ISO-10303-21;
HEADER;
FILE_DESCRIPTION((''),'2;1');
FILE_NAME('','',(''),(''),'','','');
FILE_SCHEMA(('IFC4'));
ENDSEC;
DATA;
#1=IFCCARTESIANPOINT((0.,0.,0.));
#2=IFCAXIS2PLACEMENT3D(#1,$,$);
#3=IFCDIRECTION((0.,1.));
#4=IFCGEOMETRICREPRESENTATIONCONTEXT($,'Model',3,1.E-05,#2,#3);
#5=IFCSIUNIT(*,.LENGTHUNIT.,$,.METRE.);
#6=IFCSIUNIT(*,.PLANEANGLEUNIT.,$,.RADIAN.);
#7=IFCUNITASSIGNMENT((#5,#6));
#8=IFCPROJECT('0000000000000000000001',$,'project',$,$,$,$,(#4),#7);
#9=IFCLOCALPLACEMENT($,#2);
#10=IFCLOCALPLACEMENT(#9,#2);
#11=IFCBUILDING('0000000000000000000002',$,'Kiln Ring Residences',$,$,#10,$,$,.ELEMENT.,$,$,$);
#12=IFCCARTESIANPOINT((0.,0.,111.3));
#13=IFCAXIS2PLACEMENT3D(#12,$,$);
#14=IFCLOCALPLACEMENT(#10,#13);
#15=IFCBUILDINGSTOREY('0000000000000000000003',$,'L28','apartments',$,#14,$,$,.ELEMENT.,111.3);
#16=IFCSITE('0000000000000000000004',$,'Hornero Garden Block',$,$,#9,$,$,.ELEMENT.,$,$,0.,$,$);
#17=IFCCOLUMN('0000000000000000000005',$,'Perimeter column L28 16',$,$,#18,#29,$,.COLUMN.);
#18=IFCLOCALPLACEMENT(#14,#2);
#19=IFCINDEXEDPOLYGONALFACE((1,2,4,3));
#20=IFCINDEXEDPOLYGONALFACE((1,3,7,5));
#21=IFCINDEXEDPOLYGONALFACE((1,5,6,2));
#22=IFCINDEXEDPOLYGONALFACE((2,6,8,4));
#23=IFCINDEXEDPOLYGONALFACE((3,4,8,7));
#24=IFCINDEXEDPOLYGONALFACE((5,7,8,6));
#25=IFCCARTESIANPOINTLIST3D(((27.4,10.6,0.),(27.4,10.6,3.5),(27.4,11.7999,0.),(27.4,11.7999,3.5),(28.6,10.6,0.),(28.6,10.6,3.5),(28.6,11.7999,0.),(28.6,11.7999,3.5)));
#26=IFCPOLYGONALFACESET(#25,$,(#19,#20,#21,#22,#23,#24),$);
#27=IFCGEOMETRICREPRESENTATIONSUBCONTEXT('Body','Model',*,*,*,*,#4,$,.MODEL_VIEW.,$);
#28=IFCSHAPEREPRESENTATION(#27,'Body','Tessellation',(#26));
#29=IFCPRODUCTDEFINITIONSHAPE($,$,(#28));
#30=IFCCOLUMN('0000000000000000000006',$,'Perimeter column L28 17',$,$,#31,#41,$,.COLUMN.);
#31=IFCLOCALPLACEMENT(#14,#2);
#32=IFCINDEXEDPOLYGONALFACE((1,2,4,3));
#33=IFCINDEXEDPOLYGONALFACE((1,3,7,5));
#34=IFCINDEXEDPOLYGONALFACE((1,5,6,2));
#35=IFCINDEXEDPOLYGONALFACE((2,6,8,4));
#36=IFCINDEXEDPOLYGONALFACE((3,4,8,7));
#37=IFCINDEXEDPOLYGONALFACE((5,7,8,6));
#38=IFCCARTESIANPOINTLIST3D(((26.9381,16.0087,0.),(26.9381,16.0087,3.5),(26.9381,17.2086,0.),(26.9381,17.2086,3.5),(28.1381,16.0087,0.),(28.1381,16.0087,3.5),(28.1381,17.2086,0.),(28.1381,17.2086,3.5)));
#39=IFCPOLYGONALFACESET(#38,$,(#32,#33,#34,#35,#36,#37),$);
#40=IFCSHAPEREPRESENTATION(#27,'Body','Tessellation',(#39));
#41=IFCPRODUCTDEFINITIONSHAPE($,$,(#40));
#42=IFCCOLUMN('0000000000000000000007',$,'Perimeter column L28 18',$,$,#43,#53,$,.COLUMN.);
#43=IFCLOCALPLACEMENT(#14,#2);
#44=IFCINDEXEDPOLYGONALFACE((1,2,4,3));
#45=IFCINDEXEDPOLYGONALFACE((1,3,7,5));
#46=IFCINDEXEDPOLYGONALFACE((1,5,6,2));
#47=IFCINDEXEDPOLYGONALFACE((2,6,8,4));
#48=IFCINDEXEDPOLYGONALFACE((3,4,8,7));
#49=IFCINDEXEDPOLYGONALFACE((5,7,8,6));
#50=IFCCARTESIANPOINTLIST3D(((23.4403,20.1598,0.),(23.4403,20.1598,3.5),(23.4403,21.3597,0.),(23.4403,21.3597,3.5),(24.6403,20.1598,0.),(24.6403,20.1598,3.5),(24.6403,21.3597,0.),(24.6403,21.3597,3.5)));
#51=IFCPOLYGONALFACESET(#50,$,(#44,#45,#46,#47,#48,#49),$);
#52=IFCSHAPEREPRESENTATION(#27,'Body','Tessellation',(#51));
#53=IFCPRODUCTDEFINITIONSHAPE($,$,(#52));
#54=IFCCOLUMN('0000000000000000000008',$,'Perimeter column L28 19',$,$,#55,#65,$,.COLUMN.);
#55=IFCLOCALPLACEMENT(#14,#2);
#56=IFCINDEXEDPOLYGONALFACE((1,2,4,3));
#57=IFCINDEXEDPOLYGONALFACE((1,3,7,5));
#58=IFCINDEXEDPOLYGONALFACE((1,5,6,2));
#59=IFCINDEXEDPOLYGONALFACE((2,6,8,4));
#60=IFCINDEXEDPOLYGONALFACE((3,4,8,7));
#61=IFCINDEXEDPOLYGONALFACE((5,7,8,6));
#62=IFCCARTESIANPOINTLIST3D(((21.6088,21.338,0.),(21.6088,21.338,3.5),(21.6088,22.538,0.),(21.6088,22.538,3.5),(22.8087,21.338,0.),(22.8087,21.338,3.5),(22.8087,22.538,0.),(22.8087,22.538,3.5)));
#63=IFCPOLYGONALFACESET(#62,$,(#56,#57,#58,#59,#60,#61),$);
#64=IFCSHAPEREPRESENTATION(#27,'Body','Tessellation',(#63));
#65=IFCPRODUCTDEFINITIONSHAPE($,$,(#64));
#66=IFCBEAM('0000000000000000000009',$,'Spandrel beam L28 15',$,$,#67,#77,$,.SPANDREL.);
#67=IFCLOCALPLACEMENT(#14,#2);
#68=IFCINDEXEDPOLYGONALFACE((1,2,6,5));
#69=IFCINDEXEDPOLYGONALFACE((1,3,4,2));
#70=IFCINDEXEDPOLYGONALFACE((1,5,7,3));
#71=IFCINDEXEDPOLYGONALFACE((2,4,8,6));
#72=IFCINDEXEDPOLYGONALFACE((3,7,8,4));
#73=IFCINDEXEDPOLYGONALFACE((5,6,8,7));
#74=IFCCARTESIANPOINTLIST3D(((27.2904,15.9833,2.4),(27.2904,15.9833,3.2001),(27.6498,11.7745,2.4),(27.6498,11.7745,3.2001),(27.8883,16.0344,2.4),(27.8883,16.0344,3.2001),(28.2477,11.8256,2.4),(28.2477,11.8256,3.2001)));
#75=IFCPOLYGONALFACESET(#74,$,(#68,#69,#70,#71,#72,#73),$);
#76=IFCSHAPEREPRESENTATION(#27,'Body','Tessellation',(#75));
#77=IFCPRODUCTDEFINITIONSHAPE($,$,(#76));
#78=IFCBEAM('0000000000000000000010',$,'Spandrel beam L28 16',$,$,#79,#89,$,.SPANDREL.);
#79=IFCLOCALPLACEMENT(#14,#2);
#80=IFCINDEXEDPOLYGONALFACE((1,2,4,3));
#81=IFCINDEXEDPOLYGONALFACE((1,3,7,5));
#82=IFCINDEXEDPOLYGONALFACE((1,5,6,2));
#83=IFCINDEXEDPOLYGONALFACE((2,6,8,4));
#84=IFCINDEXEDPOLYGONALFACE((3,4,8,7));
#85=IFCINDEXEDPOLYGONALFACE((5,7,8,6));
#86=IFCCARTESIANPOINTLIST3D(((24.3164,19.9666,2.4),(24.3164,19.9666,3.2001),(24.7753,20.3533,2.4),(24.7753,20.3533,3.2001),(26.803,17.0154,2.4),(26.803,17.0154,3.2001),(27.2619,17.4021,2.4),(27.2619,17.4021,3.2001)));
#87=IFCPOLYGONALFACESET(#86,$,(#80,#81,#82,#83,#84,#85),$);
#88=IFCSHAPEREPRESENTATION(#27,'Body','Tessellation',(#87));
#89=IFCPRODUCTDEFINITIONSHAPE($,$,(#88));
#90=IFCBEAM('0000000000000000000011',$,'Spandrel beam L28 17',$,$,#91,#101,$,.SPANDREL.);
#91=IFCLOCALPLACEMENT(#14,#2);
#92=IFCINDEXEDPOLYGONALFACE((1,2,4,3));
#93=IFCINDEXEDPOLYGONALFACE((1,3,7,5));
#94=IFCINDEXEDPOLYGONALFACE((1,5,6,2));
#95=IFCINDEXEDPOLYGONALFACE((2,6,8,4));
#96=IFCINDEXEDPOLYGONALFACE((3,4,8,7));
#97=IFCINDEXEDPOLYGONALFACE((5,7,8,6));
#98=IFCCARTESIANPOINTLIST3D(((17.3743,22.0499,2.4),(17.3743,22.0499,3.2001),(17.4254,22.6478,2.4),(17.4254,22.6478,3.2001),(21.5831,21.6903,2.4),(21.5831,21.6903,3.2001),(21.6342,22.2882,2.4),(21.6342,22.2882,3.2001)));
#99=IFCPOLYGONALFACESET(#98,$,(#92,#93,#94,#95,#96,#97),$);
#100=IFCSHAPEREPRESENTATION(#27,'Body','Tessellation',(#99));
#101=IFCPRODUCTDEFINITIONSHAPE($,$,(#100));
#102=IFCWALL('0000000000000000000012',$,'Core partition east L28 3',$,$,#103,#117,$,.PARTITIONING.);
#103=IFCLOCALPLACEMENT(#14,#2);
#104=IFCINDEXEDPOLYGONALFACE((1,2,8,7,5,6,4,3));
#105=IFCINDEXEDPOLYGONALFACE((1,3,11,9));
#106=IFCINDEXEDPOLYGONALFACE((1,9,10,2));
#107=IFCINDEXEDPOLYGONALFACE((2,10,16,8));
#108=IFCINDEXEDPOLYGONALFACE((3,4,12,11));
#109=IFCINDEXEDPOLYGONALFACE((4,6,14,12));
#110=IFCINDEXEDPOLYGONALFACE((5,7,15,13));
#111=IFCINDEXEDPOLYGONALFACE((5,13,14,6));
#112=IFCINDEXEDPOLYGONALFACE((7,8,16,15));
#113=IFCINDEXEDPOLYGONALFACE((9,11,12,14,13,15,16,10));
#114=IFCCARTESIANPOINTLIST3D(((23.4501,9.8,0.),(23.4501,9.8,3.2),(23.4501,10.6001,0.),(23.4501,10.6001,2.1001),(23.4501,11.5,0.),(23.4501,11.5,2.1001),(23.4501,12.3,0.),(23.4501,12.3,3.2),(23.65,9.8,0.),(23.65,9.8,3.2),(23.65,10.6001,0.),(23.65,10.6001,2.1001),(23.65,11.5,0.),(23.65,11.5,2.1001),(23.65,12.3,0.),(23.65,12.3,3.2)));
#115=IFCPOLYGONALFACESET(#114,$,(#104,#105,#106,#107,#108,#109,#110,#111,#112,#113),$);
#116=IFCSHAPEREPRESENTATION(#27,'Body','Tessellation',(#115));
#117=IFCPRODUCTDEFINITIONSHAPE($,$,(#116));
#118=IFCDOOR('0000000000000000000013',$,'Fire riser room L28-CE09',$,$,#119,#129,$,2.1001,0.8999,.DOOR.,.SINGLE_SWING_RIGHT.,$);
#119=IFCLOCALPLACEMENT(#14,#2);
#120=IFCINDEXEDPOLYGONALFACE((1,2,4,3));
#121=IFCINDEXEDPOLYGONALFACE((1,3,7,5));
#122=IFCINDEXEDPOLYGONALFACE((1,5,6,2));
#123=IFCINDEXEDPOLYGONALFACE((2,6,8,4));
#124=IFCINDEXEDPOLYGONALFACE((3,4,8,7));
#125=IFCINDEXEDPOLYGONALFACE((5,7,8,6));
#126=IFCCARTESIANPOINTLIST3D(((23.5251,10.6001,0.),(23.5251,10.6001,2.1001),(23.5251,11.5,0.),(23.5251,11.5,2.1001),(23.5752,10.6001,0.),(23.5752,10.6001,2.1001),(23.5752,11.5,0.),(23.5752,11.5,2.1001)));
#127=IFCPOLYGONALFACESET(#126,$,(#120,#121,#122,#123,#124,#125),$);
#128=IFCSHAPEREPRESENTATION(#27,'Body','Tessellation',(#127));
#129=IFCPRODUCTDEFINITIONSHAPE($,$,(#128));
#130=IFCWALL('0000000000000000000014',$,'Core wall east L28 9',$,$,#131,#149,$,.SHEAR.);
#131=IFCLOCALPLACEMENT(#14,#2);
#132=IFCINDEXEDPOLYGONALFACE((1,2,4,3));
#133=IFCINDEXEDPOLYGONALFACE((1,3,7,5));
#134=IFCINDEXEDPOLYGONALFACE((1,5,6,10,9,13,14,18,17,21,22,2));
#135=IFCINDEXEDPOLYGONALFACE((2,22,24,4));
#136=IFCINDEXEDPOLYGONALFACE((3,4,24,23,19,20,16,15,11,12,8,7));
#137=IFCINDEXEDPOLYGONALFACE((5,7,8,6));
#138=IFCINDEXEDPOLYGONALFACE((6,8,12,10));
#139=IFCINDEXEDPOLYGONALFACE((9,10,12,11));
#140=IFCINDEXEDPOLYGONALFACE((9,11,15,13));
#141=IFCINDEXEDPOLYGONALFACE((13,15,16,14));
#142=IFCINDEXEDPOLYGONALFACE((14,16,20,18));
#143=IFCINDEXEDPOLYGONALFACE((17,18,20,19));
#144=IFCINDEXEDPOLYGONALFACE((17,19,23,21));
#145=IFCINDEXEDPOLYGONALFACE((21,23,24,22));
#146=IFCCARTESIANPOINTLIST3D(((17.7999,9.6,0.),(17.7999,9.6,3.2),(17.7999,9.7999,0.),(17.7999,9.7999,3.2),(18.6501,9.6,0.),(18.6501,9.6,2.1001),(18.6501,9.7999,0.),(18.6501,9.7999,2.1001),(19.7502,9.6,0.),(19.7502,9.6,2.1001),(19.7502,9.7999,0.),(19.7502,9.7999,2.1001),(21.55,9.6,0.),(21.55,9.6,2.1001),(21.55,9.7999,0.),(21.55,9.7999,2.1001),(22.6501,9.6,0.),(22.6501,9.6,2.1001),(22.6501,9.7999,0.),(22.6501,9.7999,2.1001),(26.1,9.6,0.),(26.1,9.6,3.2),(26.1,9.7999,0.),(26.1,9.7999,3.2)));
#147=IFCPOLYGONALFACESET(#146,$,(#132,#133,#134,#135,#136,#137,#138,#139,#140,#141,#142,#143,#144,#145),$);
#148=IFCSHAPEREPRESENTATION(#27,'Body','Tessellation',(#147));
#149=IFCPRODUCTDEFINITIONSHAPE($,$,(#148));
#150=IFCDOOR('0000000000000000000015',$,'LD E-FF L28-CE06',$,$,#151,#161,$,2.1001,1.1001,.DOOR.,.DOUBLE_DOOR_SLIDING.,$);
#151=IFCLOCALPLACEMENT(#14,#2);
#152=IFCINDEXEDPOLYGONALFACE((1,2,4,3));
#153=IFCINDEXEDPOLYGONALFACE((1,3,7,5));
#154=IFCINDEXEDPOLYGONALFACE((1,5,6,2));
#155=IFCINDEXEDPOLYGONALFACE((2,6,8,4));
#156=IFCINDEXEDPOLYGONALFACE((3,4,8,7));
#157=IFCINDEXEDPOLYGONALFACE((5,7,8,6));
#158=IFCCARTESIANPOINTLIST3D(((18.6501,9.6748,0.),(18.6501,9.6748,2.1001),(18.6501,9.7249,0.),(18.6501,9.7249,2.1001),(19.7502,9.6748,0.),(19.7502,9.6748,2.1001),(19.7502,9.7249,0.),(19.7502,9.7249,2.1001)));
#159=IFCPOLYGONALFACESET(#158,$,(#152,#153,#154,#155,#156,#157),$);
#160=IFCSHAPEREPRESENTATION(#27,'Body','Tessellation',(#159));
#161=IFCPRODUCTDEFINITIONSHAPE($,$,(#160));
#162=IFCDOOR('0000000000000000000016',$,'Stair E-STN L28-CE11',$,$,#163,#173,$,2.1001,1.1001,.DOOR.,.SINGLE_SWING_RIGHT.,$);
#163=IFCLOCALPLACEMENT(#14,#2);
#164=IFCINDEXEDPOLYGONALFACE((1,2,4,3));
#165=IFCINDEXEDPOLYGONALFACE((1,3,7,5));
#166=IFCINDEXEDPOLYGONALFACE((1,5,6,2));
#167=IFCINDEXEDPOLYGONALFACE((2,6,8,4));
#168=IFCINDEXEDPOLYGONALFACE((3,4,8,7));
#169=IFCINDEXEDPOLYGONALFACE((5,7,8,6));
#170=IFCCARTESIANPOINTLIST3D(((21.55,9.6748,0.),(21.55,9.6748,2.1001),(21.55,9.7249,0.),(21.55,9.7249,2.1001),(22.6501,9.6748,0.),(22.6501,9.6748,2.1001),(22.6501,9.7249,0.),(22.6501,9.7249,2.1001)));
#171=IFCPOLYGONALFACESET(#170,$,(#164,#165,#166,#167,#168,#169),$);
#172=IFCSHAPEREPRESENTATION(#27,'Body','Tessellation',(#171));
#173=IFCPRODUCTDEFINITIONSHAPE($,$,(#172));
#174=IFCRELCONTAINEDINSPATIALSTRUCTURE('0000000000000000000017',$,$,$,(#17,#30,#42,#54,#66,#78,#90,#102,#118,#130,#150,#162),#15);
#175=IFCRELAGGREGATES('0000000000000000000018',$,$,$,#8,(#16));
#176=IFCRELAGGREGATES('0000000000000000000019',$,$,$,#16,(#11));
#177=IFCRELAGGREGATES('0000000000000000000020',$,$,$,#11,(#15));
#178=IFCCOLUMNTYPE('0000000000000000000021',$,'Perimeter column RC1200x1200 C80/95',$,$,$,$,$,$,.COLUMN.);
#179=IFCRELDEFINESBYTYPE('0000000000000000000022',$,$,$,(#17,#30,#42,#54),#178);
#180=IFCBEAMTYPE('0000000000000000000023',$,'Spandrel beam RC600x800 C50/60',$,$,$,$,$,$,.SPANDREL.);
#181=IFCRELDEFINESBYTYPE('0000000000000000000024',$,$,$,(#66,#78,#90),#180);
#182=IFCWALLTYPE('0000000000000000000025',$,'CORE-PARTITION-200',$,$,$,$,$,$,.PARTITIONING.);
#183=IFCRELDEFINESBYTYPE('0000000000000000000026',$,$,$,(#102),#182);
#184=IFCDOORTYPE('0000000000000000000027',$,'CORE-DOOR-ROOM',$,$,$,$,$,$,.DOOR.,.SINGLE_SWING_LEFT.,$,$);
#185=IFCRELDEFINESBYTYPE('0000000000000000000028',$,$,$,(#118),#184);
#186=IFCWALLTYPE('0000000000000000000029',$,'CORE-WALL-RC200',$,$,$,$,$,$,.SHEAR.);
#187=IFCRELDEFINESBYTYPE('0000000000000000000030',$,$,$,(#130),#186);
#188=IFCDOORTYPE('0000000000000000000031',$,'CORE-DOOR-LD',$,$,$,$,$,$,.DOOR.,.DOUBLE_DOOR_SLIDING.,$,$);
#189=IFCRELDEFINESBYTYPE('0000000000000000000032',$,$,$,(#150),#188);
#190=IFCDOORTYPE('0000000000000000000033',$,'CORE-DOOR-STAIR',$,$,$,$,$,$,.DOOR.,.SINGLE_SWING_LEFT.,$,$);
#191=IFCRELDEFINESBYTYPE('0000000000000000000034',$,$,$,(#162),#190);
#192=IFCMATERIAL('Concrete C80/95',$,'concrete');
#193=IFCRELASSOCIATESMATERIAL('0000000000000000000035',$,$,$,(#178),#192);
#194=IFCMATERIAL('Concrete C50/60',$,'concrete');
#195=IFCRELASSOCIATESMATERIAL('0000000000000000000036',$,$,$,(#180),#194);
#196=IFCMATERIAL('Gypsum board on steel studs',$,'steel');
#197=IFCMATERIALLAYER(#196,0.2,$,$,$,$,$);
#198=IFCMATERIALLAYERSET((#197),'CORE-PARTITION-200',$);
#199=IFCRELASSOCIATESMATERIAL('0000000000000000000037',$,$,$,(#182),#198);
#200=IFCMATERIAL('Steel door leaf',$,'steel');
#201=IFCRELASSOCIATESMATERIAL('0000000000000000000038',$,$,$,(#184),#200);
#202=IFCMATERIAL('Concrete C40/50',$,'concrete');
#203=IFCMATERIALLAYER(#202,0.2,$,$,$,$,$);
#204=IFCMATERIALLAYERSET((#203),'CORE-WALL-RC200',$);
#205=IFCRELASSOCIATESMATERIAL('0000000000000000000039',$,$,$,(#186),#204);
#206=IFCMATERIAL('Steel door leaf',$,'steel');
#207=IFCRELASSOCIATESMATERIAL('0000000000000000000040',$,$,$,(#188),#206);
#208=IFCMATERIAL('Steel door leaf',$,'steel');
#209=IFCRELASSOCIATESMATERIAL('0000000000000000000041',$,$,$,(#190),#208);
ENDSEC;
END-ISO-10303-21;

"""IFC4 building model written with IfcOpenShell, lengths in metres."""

from ifc_helpers import new_model, si_unit, direction, frame, frame_2d, origin, origin_2d, place, context, subcontext, project, spatial, rectangle, extrude, material, layer, layer_set, material_profile, profile_set, type_object, element, fill, save


model = new_model("IFC4")

# Units and contexts
model_context = context("Model", 3, precision=1e-05, world=origin(), true_north=direction((0.0, 1.0)))
body_context = subcontext(model_context, "Body", "Model", "MODEL_VIEW")
ifc_project = project(units=[si_unit("LENGTHUNIT", "METRE"), si_unit("PLANEANGLEUNIT", "RADIAN")], contexts=[model_context])

# Site, building, storey
site_placement = place(None, origin())
site = spatial("IfcSite", under=ifc_project, at=site_placement, Name="Hornero Garden Block", CompositionType="ELEMENT", RefElevation=0.0)
building_placement = place(site_placement, origin())
building = spatial("IfcBuilding", under=site, at=building_placement, Name="Kiln Ring Residences", CompositionType="ELEMENT")
storey_placement = place(building_placement, frame((0.0, 0.0, 111.3)))
storey = spatial("IfcBuildingStorey", under=building, at=storey_placement, Name="L28", Description="apartments", CompositionType="ELEMENT", Elevation=111.3)

# Columns
ifc_material_1 = material(Name="Concrete C80/95", Category="concrete")
ifc_material_profile_1 = material_profile(ifc_material_1, rectangle(XDim=1.2, YDim=1.2, at=origin_2d()), Name="RC1200x1200")
ifc_profile_set_1 = profile_set([ifc_material_profile_1], Name="Concrete C80/95")
column_type = type_object("IfcColumnType", Name="Perimeter column RC1200x1200 C80/95", PredefinedType="COLUMN", material=ifc_profile_set_1)
for number, where, z_axis, x_axis, name in (
    (1, (28.0, 11.2, 0.0), (0.0, 0.0, 1.0), (1.0, 0.0, 0.0), "Perimeter column L28 16"),
    (2, (27.5381, 16.6086, 0.0), (0.0, 0.0, 1.0), (1.0, 0.0, 0.0), "Perimeter column L28 17"),
    (3, (24.0403, 20.7598, 0.0), (0.0, 0.0, 1.0), (1.0, 0.0, 0.0), "Perimeter column L28 18"),
    (4, (22.2087, 21.938, 0.0), (0.0, 0.0, 1.0), (1.0, 0.0, 0.0), "Perimeter column L28 19"),
):
    element("IfcColumn", number, at=place(storey_placement, frame(where, z_axis=z_axis, x_axis=x_axis)), inside=storey, type_object=column_type, Name=name, PredefinedType="COLUMN", context=body_context, shape_type="SweptSolid", body=[
        extrude(rectangle(XDim=1.2, YDim=1.2, at=origin_2d()), origin(), (0.0, 0.0, 1.0), 3.5),
    ])

# Beams
ifc_material_2 = material(Name="Concrete C50/60", Category="concrete")
ifc_material_profile_2 = material_profile(ifc_material_2, rectangle(XDim=0.6001, YDim=0.8, at=origin_2d()), Name="RC600x800")
ifc_profile_set_2 = profile_set([ifc_material_profile_2], Name="Concrete C50/60")
beam_type = type_object("IfcBeamType", Name="Spandrel beam RC600x800 C50/60", PredefinedType="SPANDREL", material=ifc_profile_set_2)
beam_1_placement = place(storey_placement, frame((27.9487, 11.8, 2.8), z_axis=(-0.085078, 0.996374, 0.0), x_axis=(-0.996374, -0.085078, 0.0)))
element("IfcBeam", 5, at=beam_1_placement, inside=storey, type_object=beam_type, Name="Spandrel beam L28 15", PredefinedType="SPANDREL", context=body_context, shape_type="SweptSolid", body=[
    extrude(rectangle(XDim=0.6001, YDim=0.8, at=origin_2d()), origin(), (0.0, 0.0, 1.0), 4.2241),
])
beam_2_placement = place(storey_placement, frame((27.0325, 17.2087, 2.8), z_axis=(-0.644344, 0.764736, 0.0), x_axis=(-0.764736, -0.644344, 0.0)))
element("IfcBeam", 6, at=beam_2_placement, inside=storey, type_object=beam_type, Name="Spandrel beam L28 16", PredefinedType="SPANDREL", context=body_context, shape_type="SweptSolid", body=[
    extrude(rectangle(XDim=0.6001, YDim=0.8, at=origin_2d()), origin(), (0.0, 0.0, 1.0), 3.8591),
])
beam_3_placement = place(storey_placement, frame((21.6086, 21.9893, 2.8), z_axis=(-0.996369, 0.085136, 0.0), x_axis=(-0.085136, -0.996369, 0.0)))
element("IfcBeam", 7, at=beam_3_placement, inside=storey, type_object=beam_type, Name="Spandrel beam L28 17", PredefinedType="SPANDREL", context=body_context, shape_type="SweptSolid", body=[
    extrude(rectangle(XDim=0.6001, YDim=0.8, at=origin_2d()), origin(), (0.0, 0.0, 1.0), 4.2241),
])

# Wall, opening, door
ifc_material_3 = material(Name="Gypsum board on steel studs", Category="steel")
ifc_layer_1 = layer(ifc_material_3, 0.2)
ifc_layer_set_1 = layer_set([ifc_layer_1], Name="CORE-PARTITION-200")
wall_type_1 = type_object("IfcWallType", Name="CORE-PARTITION-200", PredefinedType="PARTITIONING", material=ifc_layer_set_1)
wall_1_placement = place(storey_placement, frame((23.55, 9.8, 0.0), z_axis=(0.0, 0.0, 1.0), x_axis=(0.0, 1.0, 0.0)))
wall_1 = element("IfcWall", 8, at=wall_1_placement, inside=storey, type_object=wall_type_1, Name="Core partition east L28 3", PredefinedType="PARTITIONING", context=body_context, shape_type="SweptSolid", body=[
    extrude(rectangle(XDim=2.5, YDim=0.2, at=frame_2d((1.25, 0.0))), origin(), (0.0, 0.0, 1.0), 3.2),
])
opening_1_placement = place(wall_1_placement, frame((0.8, 0.0, 0.0)))
opening_1 = element("IfcOpeningElement", 9, at=opening_1_placement, cuts=wall_1, PredefinedType="OPENING", context=body_context, shape_type="SweptSolid", body=[
    extrude(rectangle(XDim=0.8999, YDim=2.1001, at=frame_2d((0.45, 1.05))), frame((0.0, 0.1099, 0.0), z_axis=(0.0, -1.0, 0.0), x_axis=(1.0, 0.0, 0.0)), (0.0, 0.0, 1.0), 0.22),
])
ifc_material_4 = material(Name="Steel door leaf", Category="steel")
door_type_1 = type_object("IfcDoorType", Name="CORE-DOOR-ROOM", OperationType="SINGLE_SWING_LEFT", PredefinedType="DOOR", material=ifc_material_4)
door_1_placement = place(opening_1_placement, origin())
door_1 = element("IfcDoor", 10, at=door_1_placement, inside=storey, type_object=door_type_1, Name="Fire riser room L28-CE09", OperationType="SINGLE_SWING_RIGHT", OverallHeight=2.1001, OverallWidth=0.8999, PredefinedType="DOOR", context=body_context, shape_type="SweptSolid", body=[
    extrude(rectangle(XDim=0.8999, YDim=2.1001, at=frame_2d((0.45, 1.05))), frame((0.0, 0.0249, 0.0), z_axis=(0.0, -1.0, 0.0), x_axis=(1.0, 0.0, 0.0)), (0.0, 0.0, 1.0), 0.05),
])
fill(opening_1, door_1)

# Wall, openings, doors
ifc_material_5 = material(Name="Concrete C40/50", Category="concrete")
ifc_layer_2 = layer(ifc_material_5, 0.2)
ifc_layer_set_2 = layer_set([ifc_layer_2], Name="CORE-WALL-RC200")
wall_type_2 = type_object("IfcWallType", Name="CORE-WALL-RC200", PredefinedType="SHEAR", material=ifc_layer_set_2)
wall_2_placement = place(storey_placement, frame((17.8, 9.7, 0.0), z_axis=(0.0, 0.0, 1.0), x_axis=(1.0, 0.0, 0.0)))
wall_2 = element("IfcWall", 11, at=wall_2_placement, inside=storey, type_object=wall_type_2, Name="Core wall east L28 9", PredefinedType="SHEAR", context=body_context, shape_type="SweptSolid", body=[
    extrude(rectangle(XDim=8.3, YDim=0.2, at=frame_2d((4.1499, 0.0))), origin(), (0.0, 0.0, 1.0), 3.2),
])
opening_2_placement = place(wall_2_placement, frame((0.8501, 0.0, 0.0)))
opening_2 = element("IfcOpeningElement", 12, at=opening_2_placement, cuts=wall_2, PredefinedType="OPENING", context=body_context, shape_type="SweptSolid", body=[
    extrude(rectangle(XDim=1.1001, YDim=2.1001, at=frame_2d((0.55, 1.05))), frame((0.0, 0.1099, 0.0), z_axis=(0.0, -1.0, 0.0), x_axis=(1.0, 0.0, 0.0)), (0.0, 0.0, 1.0), 0.22),
])
opening_3_placement = place(wall_2_placement, frame((3.75, 0.0, 0.0)))
opening_3 = element("IfcOpeningElement", 13, at=opening_3_placement, cuts=wall_2, PredefinedType="OPENING", context=body_context, shape_type="SweptSolid", body=[
    extrude(rectangle(XDim=1.1001, YDim=2.1001, at=frame_2d((0.55, 1.05))), frame((0.0, 0.1099, 0.0), z_axis=(0.0, -1.0, 0.0), x_axis=(1.0, 0.0, 0.0)), (0.0, 0.0, 1.0), 0.22),
])
ifc_material_6 = material(Name="Steel door leaf", Category="steel")
door_type_2 = type_object("IfcDoorType", Name="CORE-DOOR-LD", OperationType="DOUBLE_DOOR_SLIDING", PredefinedType="DOOR", material=ifc_material_6)
door_2_placement = place(opening_2_placement, origin())
door_2 = element("IfcDoor", 14, at=door_2_placement, inside=storey, type_object=door_type_2, Name="LD E-FF L28-CE06", OperationType="DOUBLE_DOOR_SLIDING", OverallHeight=2.1001, OverallWidth=1.1001, PredefinedType="DOOR", context=body_context, shape_type="SweptSolid", body=[
    extrude(rectangle(XDim=1.1001, YDim=2.1001, at=frame_2d((0.55, 1.05))), frame((0.0, 0.0249, 0.0), z_axis=(0.0, -1.0, 0.0), x_axis=(1.0, 0.0, 0.0)), (0.0, 0.0, 1.0), 0.05),
])
fill(opening_2, door_2)
ifc_material_7 = material(Name="Steel door leaf", Category="steel")
door_type_3 = type_object("IfcDoorType", Name="CORE-DOOR-STAIR", OperationType="SINGLE_SWING_LEFT", PredefinedType="DOOR", material=ifc_material_7)
door_3_placement = place(opening_3_placement, origin())
door_3 = element("IfcDoor", 15, at=door_3_placement, inside=storey, type_object=door_type_3, Name="Stair E-STN L28-CE11", OperationType="SINGLE_SWING_RIGHT", OverallHeight=2.1001, OverallWidth=1.1001, PredefinedType="DOOR", context=body_context, shape_type="SweptSolid", body=[
    extrude(rectangle(XDim=1.1001, YDim=2.1001, at=frame_2d((0.55, 1.05))), frame((0.0, 0.0249, 0.0), z_axis=(0.0, -1.0, 0.0), x_axis=(1.0, 0.0, 0.0)), (0.0, 0.0, 1.0), 0.05),
])
fill(opening_3, door_3)

save(model, "model.ifc")
